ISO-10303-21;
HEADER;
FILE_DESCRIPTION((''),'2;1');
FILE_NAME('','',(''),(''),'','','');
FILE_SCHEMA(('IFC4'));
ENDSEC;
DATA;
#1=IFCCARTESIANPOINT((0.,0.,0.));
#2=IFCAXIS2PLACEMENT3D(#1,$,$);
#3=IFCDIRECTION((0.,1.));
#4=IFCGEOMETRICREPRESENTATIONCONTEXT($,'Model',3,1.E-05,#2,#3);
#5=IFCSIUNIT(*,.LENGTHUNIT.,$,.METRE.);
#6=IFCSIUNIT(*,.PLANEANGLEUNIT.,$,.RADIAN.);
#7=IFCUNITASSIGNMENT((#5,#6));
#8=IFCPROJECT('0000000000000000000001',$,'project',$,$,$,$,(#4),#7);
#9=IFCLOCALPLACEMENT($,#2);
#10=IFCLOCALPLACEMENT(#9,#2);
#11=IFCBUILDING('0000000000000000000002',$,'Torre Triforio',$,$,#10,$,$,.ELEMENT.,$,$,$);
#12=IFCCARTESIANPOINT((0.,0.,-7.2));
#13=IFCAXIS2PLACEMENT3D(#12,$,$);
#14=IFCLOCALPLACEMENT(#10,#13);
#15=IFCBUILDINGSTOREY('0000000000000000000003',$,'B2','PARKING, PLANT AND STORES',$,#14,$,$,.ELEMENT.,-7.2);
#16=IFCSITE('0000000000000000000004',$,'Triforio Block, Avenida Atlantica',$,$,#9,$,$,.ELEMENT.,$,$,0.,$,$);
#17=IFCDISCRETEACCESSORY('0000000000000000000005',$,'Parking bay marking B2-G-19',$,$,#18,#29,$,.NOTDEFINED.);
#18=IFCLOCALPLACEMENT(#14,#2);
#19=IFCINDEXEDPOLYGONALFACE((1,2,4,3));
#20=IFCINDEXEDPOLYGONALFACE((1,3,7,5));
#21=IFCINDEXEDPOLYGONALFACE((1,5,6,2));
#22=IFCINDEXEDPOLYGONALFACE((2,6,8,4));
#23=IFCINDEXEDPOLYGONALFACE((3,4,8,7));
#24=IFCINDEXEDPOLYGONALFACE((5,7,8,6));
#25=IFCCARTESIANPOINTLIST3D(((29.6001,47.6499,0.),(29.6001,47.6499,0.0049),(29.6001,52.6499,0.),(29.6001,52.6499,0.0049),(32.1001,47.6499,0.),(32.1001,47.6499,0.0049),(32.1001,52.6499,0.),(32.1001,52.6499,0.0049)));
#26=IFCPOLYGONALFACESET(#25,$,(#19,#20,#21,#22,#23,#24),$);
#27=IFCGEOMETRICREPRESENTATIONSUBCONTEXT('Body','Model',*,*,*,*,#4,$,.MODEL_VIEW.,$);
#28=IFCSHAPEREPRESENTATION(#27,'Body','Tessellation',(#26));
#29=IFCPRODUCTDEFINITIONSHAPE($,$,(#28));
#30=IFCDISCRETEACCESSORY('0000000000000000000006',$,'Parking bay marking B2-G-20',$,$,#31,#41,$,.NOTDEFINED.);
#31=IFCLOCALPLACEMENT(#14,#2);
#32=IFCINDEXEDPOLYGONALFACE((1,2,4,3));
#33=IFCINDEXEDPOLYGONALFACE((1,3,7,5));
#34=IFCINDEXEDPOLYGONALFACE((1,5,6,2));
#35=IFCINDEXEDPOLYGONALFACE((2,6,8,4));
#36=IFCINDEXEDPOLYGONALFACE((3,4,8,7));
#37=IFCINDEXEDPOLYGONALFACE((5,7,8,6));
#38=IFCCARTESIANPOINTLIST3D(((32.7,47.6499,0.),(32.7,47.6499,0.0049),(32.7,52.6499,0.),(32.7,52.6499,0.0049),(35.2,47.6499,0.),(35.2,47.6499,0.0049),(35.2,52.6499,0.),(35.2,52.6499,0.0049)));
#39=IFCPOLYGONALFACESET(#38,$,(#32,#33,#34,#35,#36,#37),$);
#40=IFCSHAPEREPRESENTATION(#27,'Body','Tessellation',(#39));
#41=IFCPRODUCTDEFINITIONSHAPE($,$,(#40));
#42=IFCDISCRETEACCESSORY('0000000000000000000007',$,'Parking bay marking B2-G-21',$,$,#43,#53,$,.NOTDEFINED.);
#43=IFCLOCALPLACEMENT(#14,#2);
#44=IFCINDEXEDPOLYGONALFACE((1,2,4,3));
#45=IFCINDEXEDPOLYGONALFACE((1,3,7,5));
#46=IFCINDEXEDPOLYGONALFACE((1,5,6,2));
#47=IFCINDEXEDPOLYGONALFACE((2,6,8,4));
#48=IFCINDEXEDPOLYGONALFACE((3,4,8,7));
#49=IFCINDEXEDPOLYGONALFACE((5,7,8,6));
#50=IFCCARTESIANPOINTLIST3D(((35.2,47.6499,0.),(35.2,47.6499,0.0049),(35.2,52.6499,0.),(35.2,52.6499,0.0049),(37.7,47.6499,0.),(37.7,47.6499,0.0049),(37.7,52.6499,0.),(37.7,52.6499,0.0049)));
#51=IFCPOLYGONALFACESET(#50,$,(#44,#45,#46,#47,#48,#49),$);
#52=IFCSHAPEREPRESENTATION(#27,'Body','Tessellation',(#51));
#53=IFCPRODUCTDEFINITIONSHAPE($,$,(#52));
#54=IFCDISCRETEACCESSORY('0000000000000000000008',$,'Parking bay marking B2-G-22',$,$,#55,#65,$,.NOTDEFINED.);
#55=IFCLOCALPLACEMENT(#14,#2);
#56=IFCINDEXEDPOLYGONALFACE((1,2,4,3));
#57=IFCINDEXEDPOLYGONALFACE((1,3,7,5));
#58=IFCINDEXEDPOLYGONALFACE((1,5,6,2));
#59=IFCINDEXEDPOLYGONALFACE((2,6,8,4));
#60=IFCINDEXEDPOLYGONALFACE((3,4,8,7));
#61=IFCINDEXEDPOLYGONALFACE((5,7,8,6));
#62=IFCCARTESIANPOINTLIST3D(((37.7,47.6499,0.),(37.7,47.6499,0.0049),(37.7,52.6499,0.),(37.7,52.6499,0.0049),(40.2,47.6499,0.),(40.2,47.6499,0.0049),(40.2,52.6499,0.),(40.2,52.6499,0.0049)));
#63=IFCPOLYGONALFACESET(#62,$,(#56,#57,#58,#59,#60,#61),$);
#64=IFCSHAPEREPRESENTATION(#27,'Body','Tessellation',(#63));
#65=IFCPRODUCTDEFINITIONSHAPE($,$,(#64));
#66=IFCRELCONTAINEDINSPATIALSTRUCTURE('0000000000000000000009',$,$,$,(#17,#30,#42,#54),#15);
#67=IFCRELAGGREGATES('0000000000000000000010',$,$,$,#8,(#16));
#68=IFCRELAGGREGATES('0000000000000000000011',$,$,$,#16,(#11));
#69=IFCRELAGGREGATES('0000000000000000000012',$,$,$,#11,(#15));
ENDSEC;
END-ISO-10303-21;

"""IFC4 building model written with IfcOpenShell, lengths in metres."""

from ifc_helpers import new_model, si_unit, direction, frame, origin, origin_2d, place, context, subcontext, project, spatial, rectangle, extrude, element, save


model = new_model("IFC4")

# Units and contexts
model_context = context("Model", 3, precision=1e-05, world=origin(), true_north=direction((0.0, 1.0)))
body_context = subcontext(model_context, "Body", "Model", "MODEL_VIEW")
ifc_project = project(units=[si_unit("LENGTHUNIT", "METRE"), si_unit("PLANEANGLEUNIT", "RADIAN")], contexts=[model_context])

# Site, building, storey
site_placement = place(None, origin())
site = spatial("IfcSite", under=ifc_project, at=site_placement, Name="Triforio Block, Avenida Atlantica", CompositionType="ELEMENT", RefElevation=0.0)
building_placement = place(site_placement, origin())
building = spatial("IfcBuilding", under=site, at=building_placement, Name="Torre Triforio", CompositionType="ELEMENT")
storey_placement = place(building_placement, frame((0.0, 0.0, -7.2)))
storey = spatial("IfcBuildingStorey", under=building, at=storey_placement, Name="B2", Description="PARKING, PLANT AND STORES", CompositionType="ELEMENT", Elevation=-7.2)

# Discrete accessories
for number, where, z_axis, x_axis, name in (
    (1, (30.8501, 50.1499, 0.0), (0.0, 0.0, 1.0), (1.0, 0.0, 0.0), "Parking bay marking B2-G-19"),
    (2, (33.95, 50.1499, 0.0), (0.0, 0.0, 1.0), (1.0, 0.0, 0.0), "Parking bay marking B2-G-20"),
    (3, (36.45, 50.1499, 0.0), (0.0, 0.0, 1.0), (1.0, 0.0, 0.0), "Parking bay marking B2-G-21"),
    (4, (38.95, 50.1499, 0.0), (0.0, 0.0, 1.0), (1.0, 0.0, 0.0), "Parking bay marking B2-G-22"),
):
    element("IfcDiscreteAccessory", number, at=place(storey_placement, frame(where, z_axis=z_axis, x_axis=x_axis)), inside=storey, Name=name, PredefinedType="NOTDEFINED", context=body_context, shape_type="SweptSolid", body=[
        extrude(rectangle(XDim=2.5, YDim=5.0, at=origin_2d()), origin(), (0.0, 0.0, 1.0), 0.0049),
    ])

save(model, "model.ifc")
